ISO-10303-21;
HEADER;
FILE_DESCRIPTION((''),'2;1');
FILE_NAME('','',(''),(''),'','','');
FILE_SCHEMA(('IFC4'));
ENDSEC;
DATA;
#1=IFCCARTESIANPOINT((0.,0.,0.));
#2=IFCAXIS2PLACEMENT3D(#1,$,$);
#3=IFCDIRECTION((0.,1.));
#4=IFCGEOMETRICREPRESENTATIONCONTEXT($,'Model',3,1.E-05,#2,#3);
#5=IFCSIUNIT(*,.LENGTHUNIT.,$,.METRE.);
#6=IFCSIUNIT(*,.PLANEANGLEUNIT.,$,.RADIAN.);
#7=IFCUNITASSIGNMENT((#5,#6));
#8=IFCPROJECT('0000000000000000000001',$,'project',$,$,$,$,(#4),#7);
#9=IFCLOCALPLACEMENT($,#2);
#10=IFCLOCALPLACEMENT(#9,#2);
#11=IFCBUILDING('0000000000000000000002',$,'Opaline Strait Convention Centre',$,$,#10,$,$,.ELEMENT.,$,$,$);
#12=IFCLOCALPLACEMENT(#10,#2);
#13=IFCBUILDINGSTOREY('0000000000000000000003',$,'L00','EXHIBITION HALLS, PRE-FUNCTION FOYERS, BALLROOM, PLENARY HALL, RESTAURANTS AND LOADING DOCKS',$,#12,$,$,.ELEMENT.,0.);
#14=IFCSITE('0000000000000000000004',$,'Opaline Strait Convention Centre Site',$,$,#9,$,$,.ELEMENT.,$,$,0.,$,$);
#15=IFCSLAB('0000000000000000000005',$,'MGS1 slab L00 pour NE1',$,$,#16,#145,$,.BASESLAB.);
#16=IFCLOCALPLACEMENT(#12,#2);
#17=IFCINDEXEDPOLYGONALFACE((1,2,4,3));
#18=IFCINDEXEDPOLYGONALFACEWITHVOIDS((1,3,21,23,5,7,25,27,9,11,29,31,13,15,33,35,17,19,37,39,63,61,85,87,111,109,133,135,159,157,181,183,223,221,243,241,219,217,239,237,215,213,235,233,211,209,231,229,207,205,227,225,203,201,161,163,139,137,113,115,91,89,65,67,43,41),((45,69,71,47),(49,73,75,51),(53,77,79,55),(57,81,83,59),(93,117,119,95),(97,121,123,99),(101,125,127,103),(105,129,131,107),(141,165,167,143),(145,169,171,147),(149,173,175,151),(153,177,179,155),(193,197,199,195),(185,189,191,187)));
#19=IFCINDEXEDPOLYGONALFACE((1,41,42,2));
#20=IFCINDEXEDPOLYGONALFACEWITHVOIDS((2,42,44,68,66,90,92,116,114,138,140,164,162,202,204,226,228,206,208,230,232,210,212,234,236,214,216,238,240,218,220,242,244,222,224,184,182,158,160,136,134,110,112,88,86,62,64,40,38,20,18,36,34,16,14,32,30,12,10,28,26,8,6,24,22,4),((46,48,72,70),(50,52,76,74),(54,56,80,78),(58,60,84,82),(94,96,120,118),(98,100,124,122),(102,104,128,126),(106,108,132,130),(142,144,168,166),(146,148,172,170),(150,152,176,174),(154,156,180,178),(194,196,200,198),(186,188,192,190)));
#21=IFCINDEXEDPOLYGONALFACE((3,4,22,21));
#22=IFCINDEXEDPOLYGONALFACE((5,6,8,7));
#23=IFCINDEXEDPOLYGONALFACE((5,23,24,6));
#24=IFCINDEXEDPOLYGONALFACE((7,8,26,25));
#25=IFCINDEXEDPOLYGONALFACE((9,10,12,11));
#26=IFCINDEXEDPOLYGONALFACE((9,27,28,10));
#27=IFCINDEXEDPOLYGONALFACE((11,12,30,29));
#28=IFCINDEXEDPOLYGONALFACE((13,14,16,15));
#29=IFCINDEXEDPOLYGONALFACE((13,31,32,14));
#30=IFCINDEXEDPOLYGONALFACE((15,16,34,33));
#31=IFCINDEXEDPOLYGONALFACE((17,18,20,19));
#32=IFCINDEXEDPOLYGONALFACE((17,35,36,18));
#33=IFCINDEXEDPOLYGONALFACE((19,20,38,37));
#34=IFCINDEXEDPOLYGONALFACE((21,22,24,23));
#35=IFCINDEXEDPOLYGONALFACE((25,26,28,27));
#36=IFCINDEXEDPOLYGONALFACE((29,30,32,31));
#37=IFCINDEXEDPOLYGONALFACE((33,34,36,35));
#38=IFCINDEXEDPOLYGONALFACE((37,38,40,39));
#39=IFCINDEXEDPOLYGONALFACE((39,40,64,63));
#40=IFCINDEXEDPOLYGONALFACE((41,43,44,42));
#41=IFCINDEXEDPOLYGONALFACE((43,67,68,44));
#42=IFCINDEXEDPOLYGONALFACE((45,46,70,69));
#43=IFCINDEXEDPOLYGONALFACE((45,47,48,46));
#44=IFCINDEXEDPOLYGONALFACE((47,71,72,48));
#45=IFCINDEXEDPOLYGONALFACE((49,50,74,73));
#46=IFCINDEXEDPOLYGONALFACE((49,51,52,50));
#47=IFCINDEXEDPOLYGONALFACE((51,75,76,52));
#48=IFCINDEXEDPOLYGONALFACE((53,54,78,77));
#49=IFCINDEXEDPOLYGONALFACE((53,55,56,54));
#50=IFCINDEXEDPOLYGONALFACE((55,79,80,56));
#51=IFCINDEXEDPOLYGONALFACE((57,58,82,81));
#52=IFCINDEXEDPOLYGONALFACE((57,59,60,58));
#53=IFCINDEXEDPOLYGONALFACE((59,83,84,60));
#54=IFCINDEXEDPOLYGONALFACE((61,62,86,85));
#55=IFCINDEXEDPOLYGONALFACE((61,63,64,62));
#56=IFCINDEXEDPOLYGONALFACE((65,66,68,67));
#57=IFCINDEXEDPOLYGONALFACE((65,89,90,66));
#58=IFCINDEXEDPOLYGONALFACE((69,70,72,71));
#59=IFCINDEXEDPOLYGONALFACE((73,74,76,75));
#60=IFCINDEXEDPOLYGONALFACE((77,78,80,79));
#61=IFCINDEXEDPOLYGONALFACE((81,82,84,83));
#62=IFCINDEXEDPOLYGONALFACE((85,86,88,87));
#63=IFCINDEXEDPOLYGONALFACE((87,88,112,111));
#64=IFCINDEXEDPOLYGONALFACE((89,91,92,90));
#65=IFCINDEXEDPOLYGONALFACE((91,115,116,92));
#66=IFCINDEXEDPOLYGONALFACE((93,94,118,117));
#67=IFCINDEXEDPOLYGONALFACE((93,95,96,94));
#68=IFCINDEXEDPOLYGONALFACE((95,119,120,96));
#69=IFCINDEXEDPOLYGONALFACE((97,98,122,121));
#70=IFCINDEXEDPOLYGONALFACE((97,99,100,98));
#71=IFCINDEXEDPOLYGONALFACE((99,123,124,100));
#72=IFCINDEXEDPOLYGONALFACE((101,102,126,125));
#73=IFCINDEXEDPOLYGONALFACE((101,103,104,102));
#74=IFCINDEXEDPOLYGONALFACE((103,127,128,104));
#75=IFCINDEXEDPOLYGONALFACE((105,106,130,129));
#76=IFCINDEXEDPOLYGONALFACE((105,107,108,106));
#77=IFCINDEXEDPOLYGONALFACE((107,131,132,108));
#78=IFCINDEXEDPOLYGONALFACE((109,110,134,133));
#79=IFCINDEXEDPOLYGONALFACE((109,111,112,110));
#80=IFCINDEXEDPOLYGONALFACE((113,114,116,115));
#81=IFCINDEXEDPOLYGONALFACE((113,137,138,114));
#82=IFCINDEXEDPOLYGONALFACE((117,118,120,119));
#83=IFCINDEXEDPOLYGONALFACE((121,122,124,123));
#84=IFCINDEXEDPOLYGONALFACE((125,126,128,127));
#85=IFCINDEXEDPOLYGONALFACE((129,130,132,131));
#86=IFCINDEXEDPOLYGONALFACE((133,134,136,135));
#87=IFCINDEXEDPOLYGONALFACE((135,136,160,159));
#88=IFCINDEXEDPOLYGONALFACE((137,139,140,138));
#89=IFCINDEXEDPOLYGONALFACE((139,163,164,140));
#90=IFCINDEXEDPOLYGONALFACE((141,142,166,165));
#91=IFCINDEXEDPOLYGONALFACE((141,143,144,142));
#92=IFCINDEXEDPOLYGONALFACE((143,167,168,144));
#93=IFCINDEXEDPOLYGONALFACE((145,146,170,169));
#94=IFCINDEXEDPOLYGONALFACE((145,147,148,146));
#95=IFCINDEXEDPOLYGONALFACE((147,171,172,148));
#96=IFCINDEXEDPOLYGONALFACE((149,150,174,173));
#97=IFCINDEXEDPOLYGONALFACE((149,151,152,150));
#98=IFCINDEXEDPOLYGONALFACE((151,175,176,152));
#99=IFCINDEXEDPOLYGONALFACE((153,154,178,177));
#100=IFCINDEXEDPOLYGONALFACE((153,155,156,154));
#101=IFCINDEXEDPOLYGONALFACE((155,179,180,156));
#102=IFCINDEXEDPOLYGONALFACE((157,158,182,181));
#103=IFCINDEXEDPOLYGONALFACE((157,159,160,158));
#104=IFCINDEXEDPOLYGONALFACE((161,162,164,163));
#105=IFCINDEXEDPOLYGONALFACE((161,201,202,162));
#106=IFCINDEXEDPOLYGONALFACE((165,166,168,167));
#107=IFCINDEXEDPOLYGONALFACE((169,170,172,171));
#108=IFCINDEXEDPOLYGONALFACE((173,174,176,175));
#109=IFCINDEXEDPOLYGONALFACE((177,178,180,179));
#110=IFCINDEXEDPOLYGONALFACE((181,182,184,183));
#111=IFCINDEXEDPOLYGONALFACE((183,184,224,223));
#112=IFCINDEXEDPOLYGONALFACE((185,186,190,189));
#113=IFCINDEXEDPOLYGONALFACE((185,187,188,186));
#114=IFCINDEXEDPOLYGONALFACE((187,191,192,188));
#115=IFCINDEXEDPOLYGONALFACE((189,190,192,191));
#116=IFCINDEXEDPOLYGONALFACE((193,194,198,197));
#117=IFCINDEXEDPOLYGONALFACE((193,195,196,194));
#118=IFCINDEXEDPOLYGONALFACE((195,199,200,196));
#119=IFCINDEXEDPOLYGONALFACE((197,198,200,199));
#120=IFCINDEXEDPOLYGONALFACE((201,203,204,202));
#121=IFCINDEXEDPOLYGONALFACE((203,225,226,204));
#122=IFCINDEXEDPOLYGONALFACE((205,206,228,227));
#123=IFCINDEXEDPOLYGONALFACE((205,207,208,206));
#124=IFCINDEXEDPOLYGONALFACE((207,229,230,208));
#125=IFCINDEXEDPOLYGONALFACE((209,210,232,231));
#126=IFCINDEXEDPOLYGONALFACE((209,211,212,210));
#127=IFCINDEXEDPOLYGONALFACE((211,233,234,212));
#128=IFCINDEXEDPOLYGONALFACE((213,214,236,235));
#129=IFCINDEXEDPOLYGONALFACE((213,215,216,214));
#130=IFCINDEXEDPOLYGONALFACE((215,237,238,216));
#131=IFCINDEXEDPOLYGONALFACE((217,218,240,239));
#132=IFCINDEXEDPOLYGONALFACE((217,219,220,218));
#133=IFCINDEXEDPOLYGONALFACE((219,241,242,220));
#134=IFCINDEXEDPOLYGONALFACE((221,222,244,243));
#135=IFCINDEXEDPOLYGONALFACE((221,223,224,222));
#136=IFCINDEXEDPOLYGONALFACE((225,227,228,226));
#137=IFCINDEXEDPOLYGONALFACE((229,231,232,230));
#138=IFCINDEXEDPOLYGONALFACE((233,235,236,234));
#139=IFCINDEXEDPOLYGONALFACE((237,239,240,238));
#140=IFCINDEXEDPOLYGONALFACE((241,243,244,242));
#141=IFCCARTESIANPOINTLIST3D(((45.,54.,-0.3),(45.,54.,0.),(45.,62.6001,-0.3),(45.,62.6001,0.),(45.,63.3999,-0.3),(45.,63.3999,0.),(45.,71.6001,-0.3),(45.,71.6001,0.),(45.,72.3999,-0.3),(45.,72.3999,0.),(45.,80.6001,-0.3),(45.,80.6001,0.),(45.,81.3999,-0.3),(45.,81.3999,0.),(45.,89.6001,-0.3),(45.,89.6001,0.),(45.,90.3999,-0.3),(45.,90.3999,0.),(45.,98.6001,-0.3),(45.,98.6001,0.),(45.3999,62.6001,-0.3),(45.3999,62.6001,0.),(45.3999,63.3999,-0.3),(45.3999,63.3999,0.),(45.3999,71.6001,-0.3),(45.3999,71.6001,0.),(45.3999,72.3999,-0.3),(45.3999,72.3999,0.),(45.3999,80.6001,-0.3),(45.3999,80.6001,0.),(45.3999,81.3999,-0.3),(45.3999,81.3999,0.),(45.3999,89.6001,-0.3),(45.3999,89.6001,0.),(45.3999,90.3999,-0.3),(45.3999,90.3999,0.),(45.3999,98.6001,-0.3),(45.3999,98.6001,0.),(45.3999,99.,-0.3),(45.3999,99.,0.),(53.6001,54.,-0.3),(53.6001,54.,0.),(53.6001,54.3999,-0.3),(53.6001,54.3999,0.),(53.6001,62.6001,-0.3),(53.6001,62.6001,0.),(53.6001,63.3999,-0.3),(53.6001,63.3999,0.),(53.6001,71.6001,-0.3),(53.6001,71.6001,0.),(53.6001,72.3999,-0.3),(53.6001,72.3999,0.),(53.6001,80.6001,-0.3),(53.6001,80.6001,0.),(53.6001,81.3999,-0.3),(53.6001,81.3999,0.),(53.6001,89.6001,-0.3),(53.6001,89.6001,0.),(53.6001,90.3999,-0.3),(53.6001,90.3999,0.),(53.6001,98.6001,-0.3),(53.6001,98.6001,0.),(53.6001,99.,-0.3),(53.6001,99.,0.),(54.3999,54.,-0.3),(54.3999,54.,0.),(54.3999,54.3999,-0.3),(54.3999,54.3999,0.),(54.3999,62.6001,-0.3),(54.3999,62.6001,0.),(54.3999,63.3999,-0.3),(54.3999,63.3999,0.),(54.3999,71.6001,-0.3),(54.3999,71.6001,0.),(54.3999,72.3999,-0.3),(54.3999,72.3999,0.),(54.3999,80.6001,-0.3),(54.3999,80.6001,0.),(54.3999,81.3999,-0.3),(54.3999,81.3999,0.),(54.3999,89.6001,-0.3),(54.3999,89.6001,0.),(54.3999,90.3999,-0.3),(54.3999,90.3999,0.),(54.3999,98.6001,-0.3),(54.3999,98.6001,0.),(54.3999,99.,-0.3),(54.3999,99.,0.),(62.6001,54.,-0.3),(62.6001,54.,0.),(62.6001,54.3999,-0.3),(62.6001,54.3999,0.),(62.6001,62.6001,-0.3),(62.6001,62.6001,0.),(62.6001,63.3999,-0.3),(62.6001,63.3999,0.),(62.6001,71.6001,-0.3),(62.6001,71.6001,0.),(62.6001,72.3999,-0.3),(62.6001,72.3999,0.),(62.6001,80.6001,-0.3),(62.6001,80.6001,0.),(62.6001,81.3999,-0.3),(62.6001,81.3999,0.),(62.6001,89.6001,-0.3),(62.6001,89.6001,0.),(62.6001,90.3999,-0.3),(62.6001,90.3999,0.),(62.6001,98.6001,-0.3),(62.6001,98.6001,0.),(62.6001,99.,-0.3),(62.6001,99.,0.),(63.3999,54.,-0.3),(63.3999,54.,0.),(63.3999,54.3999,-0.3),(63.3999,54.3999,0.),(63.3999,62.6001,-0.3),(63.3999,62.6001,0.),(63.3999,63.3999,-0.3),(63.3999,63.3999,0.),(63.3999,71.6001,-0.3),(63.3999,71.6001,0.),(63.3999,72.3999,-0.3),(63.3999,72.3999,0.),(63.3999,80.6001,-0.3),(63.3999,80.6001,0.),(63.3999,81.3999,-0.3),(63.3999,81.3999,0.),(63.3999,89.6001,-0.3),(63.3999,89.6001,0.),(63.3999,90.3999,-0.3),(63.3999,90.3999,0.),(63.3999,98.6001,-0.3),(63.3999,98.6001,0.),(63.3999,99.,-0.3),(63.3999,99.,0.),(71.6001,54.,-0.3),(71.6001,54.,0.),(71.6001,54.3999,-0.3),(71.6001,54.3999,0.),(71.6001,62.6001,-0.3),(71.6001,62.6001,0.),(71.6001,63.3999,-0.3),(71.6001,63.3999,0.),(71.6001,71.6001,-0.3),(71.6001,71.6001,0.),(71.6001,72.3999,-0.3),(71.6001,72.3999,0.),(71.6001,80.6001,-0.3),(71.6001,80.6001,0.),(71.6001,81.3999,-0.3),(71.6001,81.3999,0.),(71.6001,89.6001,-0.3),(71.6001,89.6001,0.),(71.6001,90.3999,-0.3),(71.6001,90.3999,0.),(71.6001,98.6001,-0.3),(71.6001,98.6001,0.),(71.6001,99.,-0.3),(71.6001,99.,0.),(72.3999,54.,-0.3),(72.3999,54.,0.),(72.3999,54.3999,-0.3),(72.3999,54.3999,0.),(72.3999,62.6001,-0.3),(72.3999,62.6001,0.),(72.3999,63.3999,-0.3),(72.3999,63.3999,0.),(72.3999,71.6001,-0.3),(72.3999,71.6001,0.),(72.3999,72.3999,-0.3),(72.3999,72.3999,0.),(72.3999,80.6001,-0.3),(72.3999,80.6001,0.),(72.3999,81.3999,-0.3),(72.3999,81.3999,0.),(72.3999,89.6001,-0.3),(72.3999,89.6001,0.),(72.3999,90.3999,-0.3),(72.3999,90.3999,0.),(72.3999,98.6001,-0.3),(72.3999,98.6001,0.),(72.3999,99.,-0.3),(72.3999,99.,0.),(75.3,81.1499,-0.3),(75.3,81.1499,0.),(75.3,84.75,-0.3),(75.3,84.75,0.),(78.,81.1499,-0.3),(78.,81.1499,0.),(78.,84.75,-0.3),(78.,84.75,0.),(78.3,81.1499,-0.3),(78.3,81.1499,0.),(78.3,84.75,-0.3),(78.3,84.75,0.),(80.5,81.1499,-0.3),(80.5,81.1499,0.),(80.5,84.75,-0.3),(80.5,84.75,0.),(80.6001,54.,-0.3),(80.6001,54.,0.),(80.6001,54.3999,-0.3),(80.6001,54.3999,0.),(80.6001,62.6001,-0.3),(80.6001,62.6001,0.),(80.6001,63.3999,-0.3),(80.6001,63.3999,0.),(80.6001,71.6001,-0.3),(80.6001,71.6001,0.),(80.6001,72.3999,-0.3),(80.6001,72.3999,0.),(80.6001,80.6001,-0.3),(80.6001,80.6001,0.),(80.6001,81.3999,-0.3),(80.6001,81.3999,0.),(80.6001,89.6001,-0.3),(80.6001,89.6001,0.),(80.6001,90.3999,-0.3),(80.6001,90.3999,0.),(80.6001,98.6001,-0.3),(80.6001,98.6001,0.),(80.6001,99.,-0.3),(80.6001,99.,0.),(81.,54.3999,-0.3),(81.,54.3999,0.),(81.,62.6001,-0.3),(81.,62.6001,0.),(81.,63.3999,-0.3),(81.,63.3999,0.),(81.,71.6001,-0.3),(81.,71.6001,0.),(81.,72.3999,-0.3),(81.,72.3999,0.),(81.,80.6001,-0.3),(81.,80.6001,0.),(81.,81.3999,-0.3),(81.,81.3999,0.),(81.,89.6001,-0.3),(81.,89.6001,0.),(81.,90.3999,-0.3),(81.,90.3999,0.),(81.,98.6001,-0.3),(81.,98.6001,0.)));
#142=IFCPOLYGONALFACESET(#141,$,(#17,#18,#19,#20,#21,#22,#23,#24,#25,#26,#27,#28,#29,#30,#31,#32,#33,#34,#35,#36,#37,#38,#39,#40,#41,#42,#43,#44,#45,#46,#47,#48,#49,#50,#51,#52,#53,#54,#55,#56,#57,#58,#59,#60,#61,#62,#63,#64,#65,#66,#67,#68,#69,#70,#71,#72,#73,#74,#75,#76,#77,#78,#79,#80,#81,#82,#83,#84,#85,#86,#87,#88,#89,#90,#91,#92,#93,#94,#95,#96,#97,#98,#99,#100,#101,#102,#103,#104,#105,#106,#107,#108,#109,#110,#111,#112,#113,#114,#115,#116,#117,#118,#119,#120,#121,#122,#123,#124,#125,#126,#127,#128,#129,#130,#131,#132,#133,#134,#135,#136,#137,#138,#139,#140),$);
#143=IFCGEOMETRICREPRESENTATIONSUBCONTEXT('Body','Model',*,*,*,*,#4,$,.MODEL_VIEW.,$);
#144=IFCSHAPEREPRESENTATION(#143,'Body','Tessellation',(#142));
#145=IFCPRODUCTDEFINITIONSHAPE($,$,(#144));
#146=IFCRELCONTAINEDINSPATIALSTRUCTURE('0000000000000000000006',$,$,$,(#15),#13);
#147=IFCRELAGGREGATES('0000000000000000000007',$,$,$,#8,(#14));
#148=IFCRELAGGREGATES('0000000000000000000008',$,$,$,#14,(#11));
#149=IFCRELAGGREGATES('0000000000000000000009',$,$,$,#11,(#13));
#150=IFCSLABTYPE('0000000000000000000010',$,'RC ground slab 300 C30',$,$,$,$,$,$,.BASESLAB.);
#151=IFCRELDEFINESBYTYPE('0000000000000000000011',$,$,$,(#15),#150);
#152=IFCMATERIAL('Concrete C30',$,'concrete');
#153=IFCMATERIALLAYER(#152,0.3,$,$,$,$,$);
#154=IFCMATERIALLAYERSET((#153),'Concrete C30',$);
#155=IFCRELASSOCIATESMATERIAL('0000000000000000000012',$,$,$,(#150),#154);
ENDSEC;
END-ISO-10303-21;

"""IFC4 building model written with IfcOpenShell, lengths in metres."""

from ifc_helpers import new_model, si_unit, direction, frame, origin, place, context, subcontext, project, spatial, polyline, outline, extrude, material, layer, layer_set, type_object, element, save


model = new_model("IFC4")

# Units and contexts
model_context = context("Model", 3, precision=1e-05, world=origin(), true_north=direction((0.0, 1.0)))
body_context = subcontext(model_context, "Body", "Model", "MODEL_VIEW")
ifc_project = project(units=[si_unit("LENGTHUNIT", "METRE"), si_unit("PLANEANGLEUNIT", "RADIAN")], contexts=[model_context])

# Site, building, storey
site_placement = place(None, origin())
site = spatial("IfcSite", under=ifc_project, at=site_placement, Name="Opaline Strait Convention Centre Site", CompositionType="ELEMENT", RefElevation=0.0)
building_placement = place(site_placement, origin())
building = spatial("IfcBuilding", under=site, at=building_placement, Name="Opaline Strait Convention Centre", CompositionType="ELEMENT")
storey_placement = place(building_placement, origin())
storey = spatial("IfcBuildingStorey", under=building, at=storey_placement, Name="L00", Description="EXHIBITION HALLS, PRE-FUNCTION FOYERS, BALLROOM, PLENARY HALL, RESTAURANTS AND LOADING DOCKS", CompositionType="ELEMENT", Elevation=0.0)

# Slab
ifc_material = material(Name="Concrete C30", Category="concrete")
ifc_layer_1 = layer(ifc_material, 0.3)
ifc_layer_set_1 = layer_set([ifc_layer_1], Name="Concrete C30")
slab_type_1 = type_object("IfcSlabType", Name="RC ground slab 300 C30", PredefinedType="BASESLAB", material=ifc_layer_set_1)
slab_1_placement = place(storey_placement, frame((0.0, 0.0, -0.3)))
element("IfcSlab", 1, at=slab_1_placement, inside=storey, type_object=slab_type_1, Name="MGS1 slab L00 pour NE1", PredefinedType="BASESLAB", context=body_context, shape_type="SweptSolid", body=[
    extrude(outline(polyline([(45.3999, 98.6001), (45.3999, 99.0), (53.6001, 99.0), (53.6001, 98.6001), (54.3999, 98.6001), (54.3999, 99.0), (62.6001, 99.0), (62.6001, 98.6001), (63.3999, 98.6001), (63.3999, 99.0), (71.6001, 99.0), (71.6001, 98.6001), (72.3999, 98.6001), (72.3999, 99.0), (80.6001, 99.0), (80.6001, 98.6001), (81.0, 98.6001), (81.0, 90.3999), (80.6001, 90.3999), (80.6001, 89.6001), (81.0, 89.6001), (81.0, 81.3999), (80.6001, 81.3999), (80.6001, 80.6001), (81.0, 80.6001), (81.0, 72.3999), (80.6001, 72.3999), (80.6001, 71.6001), (81.0, 71.6001), (81.0, 63.3999), (80.6001, 63.3999), (80.6001, 62.6001), (81.0, 62.6001), (81.0, 54.3999), (80.6001, 54.3999), (80.6001, 54.0), (72.3999, 54.0), (72.3999, 54.3999), (71.6001, 54.3999), (71.6001, 54.0), (63.3999, 54.0), (63.3999, 54.3999), (62.6001, 54.3999), (62.6001, 54.0), (54.3999, 54.0), (54.3999, 54.3999), (53.6001, 54.3999), (53.6001, 54.0), (45.0, 54.0), (45.0, 62.6001), (45.3999, 62.6001), (45.3999, 63.3999), (45.0, 63.3999), (45.0, 71.6001), (45.3999, 71.6001), (45.3999, 72.3999), (45.0, 72.3999), (45.0, 80.6001), (45.3999, 80.6001), (45.3999, 81.3999), (45.0, 81.3999), (45.0, 89.6001), (45.3999, 89.6001), (45.3999, 90.3999), (45.0, 90.3999), (45.0, 98.6001), (45.3999, 98.6001)]), holes=[polyline([(53.6001, 62.6001), (54.3999, 62.6001), (54.3999, 63.3999), (53.6001, 63.3999), (53.6001, 62.6001)]), polyline([(63.3999, 62.6001), (63.3999, 63.3999), (62.6001, 63.3999), (62.6001, 62.6001), (63.3999, 62.6001)]), polyline([(53.6001, 71.6001), (54.3999, 71.6001), (54.3999, 72.3999), (53.6001, 72.3999), (53.6001, 71.6001)]), polyline([(62.6001, 71.6001), (63.3999, 71.6001), (63.3999, 72.3999), (62.6001, 72.3999), (62.6001, 71.6001)]), polyline([(54.3999, 80.6001), (54.3999, 81.3999), (53.6001, 81.3999), (53.6001, 80.6001), (54.3999, 80.6001)]), polyline([(62.6001, 80.6001), (63.3999, 80.6001), (63.3999, 81.3999), (62.6001, 81.3999), (62.6001, 80.6001)]), polyline([(53.6001, 89.6001), (54.3999, 89.6001), (54.3999, 90.3999), (53.6001, 90.3999), (53.6001, 89.6001)]), polyline([(62.6001, 89.6001), (63.3999, 89.6001), (63.3999, 90.3999), (62.6001, 90.3999), (62.6001, 89.6001)]), polyline([(71.6001, 62.6001), (72.3999, 62.6001), (72.3999, 63.3999), (71.6001, 63.3999), (71.6001, 62.6001)]), polyline([(72.3999, 71.6001), (72.3999, 72.3999), (71.6001, 72.3999), (71.6001, 71.6001), (72.3999, 71.6001)]), polyline([(71.6001, 80.6001), (72.3999, 80.6001), (72.3999, 81.3999), (71.6001, 81.3999), (71.6001, 80.6001)]), polyline([(75.3, 81.1499), (78.0, 81.1499), (78.0, 84.75), (75.3, 84.75), (75.3, 81.1499)]), polyline([(78.3, 81.1499), (80.5, 81.1499), (80.5, 84.75), (78.3, 84.75), (78.3, 81.1499)]), polyline([(71.6001, 89.6001), (72.3999, 89.6001), (72.3999, 90.3999), (71.6001, 90.3999), (71.6001, 89.6001)])]), origin(), (0.0, 0.0, 1.0), 0.3),
])

save(model, "model.ifc")
